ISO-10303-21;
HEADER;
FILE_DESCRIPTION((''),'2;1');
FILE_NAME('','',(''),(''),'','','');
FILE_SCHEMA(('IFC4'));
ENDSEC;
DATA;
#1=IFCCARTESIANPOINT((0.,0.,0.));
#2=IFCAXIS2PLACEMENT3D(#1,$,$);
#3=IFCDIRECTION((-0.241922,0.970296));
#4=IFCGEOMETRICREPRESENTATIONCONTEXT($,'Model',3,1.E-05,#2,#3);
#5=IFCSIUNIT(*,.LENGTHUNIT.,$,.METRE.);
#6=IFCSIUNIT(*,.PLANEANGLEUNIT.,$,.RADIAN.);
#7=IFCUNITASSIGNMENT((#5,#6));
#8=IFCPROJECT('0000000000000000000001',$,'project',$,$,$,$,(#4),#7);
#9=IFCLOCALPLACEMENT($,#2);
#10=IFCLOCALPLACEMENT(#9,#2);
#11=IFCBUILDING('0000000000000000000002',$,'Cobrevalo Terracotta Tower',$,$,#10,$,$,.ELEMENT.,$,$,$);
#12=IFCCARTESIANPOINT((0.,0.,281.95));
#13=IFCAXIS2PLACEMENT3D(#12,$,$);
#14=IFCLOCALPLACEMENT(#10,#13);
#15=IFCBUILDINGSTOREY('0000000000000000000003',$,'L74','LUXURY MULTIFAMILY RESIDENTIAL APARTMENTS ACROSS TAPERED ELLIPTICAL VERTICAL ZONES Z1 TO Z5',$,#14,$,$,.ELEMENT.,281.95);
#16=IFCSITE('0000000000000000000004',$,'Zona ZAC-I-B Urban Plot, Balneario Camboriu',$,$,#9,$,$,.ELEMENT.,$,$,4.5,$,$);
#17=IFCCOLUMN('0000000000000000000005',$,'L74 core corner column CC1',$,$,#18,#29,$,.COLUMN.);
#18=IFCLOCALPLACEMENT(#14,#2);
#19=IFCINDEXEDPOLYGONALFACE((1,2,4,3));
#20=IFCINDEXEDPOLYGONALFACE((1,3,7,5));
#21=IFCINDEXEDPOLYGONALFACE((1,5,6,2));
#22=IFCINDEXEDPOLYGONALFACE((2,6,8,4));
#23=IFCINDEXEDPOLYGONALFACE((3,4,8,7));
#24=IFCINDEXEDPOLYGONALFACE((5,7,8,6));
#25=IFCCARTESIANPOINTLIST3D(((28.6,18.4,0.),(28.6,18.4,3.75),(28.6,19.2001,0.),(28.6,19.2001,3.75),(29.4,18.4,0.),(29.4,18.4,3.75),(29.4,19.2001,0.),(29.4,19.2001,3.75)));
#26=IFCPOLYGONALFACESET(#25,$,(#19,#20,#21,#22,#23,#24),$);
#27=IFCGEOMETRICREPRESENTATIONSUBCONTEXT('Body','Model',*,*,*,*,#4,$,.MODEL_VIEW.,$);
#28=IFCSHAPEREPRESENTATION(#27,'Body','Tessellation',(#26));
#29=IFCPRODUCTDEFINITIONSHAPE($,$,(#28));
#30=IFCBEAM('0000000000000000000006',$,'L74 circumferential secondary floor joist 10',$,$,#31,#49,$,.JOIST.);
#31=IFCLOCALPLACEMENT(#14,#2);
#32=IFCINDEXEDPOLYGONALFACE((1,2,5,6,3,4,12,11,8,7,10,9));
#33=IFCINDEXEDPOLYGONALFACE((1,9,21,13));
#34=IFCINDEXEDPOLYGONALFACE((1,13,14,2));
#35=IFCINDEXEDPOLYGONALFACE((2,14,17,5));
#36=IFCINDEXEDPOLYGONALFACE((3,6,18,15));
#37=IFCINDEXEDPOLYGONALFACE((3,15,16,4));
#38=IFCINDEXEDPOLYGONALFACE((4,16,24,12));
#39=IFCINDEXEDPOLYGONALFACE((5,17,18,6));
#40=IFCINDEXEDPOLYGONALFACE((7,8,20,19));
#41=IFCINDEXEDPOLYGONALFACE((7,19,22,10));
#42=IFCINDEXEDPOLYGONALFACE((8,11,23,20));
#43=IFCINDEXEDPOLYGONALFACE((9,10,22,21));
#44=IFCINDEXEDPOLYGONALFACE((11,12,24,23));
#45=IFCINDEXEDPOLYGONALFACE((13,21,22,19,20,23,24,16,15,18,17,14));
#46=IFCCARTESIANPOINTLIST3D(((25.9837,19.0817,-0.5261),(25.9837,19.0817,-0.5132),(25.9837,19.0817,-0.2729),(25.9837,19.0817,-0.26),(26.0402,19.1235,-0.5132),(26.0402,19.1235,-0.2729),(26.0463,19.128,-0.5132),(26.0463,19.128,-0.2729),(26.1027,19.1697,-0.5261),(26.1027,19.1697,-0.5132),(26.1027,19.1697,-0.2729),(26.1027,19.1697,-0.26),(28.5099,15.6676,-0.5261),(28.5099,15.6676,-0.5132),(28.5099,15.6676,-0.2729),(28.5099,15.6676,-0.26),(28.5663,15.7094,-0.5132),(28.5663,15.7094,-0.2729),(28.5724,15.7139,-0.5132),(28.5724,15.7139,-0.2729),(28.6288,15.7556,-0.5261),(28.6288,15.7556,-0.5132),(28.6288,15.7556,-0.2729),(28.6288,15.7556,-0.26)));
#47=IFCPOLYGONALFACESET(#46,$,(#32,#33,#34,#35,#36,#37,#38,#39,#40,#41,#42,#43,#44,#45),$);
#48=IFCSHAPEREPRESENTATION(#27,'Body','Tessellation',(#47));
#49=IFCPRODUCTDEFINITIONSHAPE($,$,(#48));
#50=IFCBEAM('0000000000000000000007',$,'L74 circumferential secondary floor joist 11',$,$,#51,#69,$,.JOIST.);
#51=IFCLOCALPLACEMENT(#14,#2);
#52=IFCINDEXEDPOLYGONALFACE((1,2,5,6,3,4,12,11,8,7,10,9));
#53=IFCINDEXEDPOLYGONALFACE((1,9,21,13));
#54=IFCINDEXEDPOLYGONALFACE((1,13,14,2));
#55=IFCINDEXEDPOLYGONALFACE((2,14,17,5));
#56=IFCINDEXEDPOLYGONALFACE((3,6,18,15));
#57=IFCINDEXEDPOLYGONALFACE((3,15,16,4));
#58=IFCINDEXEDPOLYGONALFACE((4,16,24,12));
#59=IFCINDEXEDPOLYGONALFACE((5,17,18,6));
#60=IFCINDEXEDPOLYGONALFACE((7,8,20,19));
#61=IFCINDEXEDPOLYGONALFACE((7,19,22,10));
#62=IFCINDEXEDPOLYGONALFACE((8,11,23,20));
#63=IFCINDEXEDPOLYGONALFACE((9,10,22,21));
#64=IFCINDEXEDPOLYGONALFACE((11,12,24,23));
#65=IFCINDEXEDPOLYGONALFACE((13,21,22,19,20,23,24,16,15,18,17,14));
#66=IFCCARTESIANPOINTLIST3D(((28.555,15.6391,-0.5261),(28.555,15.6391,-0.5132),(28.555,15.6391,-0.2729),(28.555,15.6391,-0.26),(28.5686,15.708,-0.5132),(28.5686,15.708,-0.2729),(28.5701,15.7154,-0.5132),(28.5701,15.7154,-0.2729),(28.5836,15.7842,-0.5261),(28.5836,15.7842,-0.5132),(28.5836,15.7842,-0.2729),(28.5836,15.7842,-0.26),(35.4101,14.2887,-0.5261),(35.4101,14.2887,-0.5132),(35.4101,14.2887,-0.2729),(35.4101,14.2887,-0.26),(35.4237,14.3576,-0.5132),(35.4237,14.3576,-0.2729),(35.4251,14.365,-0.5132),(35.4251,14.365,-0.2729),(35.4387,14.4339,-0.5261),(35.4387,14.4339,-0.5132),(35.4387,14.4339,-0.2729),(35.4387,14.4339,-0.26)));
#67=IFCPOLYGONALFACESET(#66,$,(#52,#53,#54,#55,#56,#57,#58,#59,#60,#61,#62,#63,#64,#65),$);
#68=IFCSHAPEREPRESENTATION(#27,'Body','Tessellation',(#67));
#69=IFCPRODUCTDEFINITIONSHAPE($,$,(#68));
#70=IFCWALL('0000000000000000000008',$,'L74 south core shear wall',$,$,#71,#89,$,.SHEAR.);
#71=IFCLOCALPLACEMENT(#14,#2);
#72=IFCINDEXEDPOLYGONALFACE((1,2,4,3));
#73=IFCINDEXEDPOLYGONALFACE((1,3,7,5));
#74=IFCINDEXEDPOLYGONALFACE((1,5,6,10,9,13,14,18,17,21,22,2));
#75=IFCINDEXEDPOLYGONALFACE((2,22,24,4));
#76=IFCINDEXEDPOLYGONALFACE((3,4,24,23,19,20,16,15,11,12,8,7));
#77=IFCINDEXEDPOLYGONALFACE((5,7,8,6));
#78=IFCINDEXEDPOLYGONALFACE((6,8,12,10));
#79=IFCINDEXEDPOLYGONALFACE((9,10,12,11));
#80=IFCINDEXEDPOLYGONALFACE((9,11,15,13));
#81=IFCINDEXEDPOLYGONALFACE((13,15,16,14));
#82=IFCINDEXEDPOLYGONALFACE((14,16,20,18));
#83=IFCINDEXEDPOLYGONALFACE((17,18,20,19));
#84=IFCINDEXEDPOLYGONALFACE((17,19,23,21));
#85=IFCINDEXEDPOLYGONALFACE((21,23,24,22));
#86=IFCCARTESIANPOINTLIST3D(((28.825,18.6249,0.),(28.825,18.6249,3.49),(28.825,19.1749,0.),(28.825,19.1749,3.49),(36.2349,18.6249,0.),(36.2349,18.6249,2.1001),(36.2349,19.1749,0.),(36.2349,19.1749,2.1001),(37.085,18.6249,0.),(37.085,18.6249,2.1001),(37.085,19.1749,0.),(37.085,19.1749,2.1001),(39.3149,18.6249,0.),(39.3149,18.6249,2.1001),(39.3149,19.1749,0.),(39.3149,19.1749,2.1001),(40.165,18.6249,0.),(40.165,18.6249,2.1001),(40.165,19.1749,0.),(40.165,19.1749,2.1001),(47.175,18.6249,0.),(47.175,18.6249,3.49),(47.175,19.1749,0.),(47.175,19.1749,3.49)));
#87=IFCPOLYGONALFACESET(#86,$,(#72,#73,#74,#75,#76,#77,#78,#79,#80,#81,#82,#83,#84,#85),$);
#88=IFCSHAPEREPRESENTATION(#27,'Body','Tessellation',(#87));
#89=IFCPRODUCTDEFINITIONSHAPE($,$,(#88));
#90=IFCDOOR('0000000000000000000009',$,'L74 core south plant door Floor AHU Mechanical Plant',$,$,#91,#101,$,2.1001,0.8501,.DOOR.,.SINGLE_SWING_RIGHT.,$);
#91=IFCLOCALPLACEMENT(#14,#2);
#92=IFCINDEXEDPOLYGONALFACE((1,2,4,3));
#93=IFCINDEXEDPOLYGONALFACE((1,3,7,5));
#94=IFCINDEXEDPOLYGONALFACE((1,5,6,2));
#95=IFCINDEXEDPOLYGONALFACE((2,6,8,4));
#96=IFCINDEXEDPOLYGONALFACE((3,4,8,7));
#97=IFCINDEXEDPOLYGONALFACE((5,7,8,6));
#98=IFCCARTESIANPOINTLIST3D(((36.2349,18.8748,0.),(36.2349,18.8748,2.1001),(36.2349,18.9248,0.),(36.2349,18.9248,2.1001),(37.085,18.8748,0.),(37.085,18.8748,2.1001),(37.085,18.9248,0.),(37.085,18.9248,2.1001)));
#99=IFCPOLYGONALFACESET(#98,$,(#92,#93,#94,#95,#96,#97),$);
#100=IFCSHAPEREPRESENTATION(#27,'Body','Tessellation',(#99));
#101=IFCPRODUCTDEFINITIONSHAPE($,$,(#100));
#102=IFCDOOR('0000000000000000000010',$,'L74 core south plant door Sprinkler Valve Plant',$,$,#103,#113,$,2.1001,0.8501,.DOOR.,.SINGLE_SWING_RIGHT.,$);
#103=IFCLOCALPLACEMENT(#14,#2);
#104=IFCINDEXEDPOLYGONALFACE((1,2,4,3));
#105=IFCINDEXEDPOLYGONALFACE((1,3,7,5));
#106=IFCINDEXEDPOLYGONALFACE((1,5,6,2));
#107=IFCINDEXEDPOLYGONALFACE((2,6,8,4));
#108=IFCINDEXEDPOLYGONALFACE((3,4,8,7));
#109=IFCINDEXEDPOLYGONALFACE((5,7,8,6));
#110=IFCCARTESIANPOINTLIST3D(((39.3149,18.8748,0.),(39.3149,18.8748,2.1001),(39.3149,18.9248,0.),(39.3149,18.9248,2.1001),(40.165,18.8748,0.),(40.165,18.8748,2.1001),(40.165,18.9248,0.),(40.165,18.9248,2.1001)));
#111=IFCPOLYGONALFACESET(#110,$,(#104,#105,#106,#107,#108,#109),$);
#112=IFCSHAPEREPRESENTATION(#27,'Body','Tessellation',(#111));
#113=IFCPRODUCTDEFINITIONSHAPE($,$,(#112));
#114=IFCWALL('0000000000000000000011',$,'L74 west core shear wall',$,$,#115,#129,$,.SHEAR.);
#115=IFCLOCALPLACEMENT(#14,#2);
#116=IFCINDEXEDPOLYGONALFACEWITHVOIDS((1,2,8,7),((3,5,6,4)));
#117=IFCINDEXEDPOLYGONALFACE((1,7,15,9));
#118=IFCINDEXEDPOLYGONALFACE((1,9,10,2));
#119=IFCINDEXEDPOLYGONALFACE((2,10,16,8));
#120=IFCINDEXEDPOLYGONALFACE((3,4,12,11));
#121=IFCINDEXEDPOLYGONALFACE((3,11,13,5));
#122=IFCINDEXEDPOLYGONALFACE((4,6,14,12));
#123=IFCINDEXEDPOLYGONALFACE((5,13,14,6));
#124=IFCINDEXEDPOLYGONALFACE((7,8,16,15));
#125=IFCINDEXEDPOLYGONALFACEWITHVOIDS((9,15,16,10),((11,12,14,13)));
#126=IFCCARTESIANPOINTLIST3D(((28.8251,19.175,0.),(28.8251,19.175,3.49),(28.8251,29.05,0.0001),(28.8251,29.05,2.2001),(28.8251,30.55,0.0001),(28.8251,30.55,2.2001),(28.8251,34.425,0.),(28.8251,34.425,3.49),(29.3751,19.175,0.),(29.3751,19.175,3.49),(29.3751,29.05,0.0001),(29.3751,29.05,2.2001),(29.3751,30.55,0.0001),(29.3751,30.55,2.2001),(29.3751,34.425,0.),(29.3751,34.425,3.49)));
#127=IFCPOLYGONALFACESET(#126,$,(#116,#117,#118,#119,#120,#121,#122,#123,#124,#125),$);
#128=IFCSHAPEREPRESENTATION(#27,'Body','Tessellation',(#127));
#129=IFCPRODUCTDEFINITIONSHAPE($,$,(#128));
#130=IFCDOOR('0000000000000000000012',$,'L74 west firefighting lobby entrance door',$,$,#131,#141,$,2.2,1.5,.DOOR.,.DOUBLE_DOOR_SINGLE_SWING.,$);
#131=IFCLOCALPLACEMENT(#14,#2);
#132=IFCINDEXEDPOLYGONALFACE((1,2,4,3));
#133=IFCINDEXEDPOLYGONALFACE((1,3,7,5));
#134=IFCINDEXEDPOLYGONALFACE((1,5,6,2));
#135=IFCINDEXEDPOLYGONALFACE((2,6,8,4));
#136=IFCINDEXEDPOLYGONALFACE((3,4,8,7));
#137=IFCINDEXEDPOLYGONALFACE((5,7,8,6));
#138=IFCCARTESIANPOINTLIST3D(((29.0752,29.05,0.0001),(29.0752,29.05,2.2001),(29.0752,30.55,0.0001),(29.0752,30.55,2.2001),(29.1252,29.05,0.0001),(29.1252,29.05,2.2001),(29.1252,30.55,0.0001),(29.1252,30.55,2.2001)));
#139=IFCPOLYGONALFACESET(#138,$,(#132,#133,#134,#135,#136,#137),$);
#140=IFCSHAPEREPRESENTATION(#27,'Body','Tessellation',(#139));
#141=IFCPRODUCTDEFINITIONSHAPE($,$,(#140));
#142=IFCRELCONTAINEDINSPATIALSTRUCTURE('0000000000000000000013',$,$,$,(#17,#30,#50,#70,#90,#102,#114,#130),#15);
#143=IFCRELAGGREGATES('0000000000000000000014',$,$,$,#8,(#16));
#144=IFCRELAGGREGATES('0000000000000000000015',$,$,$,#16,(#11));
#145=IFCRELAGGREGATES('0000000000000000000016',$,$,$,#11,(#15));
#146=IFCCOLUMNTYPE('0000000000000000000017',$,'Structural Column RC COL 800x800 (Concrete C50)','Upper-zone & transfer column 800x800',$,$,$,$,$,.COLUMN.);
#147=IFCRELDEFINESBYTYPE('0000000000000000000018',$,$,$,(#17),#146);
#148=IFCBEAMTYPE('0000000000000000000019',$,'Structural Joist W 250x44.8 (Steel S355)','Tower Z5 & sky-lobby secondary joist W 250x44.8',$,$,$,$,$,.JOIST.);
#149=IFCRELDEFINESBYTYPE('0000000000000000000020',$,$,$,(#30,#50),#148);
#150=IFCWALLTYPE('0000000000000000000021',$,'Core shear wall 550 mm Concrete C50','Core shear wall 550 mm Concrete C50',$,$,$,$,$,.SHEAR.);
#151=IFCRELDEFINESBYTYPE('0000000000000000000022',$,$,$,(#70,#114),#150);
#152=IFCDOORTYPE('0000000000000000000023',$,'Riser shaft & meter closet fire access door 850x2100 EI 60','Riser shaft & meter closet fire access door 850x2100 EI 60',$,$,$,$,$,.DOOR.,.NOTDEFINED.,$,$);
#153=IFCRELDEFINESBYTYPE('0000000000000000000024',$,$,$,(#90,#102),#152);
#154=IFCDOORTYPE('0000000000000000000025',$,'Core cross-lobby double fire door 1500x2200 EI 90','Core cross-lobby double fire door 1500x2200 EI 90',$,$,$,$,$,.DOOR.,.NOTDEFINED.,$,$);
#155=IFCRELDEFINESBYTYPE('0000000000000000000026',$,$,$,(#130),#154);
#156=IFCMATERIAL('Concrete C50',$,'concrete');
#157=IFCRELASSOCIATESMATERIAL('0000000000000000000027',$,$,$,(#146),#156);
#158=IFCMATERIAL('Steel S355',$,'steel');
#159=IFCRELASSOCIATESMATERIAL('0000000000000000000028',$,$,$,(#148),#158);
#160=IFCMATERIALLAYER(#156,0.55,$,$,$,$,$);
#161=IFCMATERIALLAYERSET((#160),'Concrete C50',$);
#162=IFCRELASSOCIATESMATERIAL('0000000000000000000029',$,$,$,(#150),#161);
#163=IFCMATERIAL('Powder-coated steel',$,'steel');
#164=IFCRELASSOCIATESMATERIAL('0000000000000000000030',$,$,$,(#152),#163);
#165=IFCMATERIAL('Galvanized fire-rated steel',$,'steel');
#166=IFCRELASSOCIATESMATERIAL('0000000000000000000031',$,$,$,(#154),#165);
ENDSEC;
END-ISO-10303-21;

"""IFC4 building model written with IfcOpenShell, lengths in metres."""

from ifc_helpers import new_model, si_unit, direction, frame, frame_2d, origin, origin_2d, place, context, subcontext, project, spatial, rectangle, i_section, extrude, source, transform, mapped, material, layer, layer_set, material_profile, profile_set, type_object, element, fill, save


model = new_model("IFC4")

# Units and contexts
model_context = context("Model", 3, precision=1e-05, world=origin(), true_north=direction((-0.241922, 0.970296)))
body_context = subcontext(model_context, "Body", "Model", "MODEL_VIEW")
ifc_project = project(units=[si_unit("LENGTHUNIT", "METRE"), si_unit("PLANEANGLEUNIT", "RADIAN")], contexts=[model_context])

# Site, building, storey
site_placement = place(None, origin())
site = spatial("IfcSite", under=ifc_project, at=site_placement, Name="Zona ZAC-I-B Urban Plot, Balneario Camboriu", CompositionType="ELEMENT", RefElevation=4.5)
building_placement = place(site_placement, origin())
building = spatial("IfcBuilding", under=site, at=building_placement, Name="Cobrevalo Terracotta Tower", CompositionType="ELEMENT")
storey_placement = place(building_placement, frame((0.0, 0.0, 281.95)))
storey = spatial("IfcBuildingStorey", under=building, at=storey_placement, Name="L74", Description="LUXURY MULTIFAMILY RESIDENTIAL APARTMENTS ACROSS TAPERED ELLIPTICAL VERTICAL ZONES Z1 TO Z5", CompositionType="ELEMENT", Elevation=281.95)

# Column
ifc_material_1 = material(Name="Concrete C50", Category="concrete")
ifc_material_profile_1 = material_profile(ifc_material_1, rectangle(XDim=0.8, YDim=0.8, at=origin_2d()), Name="RC COL 800x800")
ifc_profile_set_1 = profile_set([ifc_material_profile_1], Name="Concrete C50")
column_type = type_object("IfcColumnType", Name="Structural Column RC COL 800x800 (Concrete C50)", Description="Upper-zone & transfer column 800x800", PredefinedType="COLUMN", material=ifc_profile_set_1)
column_placement = place(storey_placement, frame((29.0, 18.8, 0.0), z_axis=(0.0, 0.0, 1.0), x_axis=(1.0, 0.0, 0.0)))
element("IfcColumn", 1, at=column_placement, inside=storey, type_object=column_type, Name="L74 core corner column CC1", PredefinedType="COLUMN", context=body_context, shape_type="SweptSolid", body=[
    extrude(rectangle(XDim=0.8, YDim=0.8, at=origin_2d()), origin(), (0.0, 0.0, 1.0), 3.75),
])

# Beams
ifc_material_2 = material(Name="Steel S355", Category="steel")
ifc_material_profile_2 = material_profile(ifc_material_2, i_section(OverallWidth=0.1479, OverallDepth=0.2661, WebThickness=0.0076, FlangeThickness=0.0129, at=origin_2d()), Name="W 250x44.8")
ifc_profile_set_2 = profile_set([ifc_material_profile_2], Name="Steel S355")
beam_type = type_object("IfcBeamType", Name="Structural Joist W 250x44.8 (Steel S355)", Description="Tower Z5 & sky-lobby secondary joist W 250x44.8", PredefinedType="JOIST", material=ifc_profile_set_2)
beam_1_placement = place(storey_placement, frame((26.0432, 19.1257, -0.3931), z_axis=(0.5948, -0.803874, 0.0), x_axis=(0.803874, 0.5948, 0.0)))
element("IfcBeam", 2, at=beam_1_placement, inside=storey, type_object=beam_type, Name="L74 circumferential secondary floor joist 10", PredefinedType="JOIST", context=body_context, shape_type="SweptSolid", body=[
    extrude(i_section(OverallWidth=0.1479, OverallDepth=0.2661, WebThickness=0.0076, FlangeThickness=0.0129, at=origin_2d()), origin(), (0.0, 0.0, 1.0), 4.2471),
])
beam_2_placement = place(storey_placement, frame((28.5693, 15.7117, -0.3931), z_axis=(0.981145, -0.193273, 0.0), x_axis=(0.193273, 0.981145, 0.0)))
element("IfcBeam", 3, at=beam_2_placement, inside=storey, type_object=beam_type, Name="L74 circumferential secondary floor joist 11", PredefinedType="JOIST", context=body_context, shape_type="SweptSolid", body=[
    extrude(i_section(OverallWidth=0.1479, OverallDepth=0.2661, WebThickness=0.0076, FlangeThickness=0.0129, at=origin_2d()), origin(), (0.0, 0.0, 1.0), 6.9868),
])

# Wall, openings, doors
ifc_layer_1 = layer(ifc_material_1, 0.55)
ifc_layer_set_1 = layer_set([ifc_layer_1], Name="Concrete C50")
wall_type_1 = type_object("IfcWallType", Name="Core shear wall 550 mm Concrete C50", Description="Core shear wall 550 mm Concrete C50", PredefinedType="SHEAR", material=ifc_layer_set_1)
wall_1_placement = place(storey_placement, frame((28.825, 18.8999, 0.0), z_axis=(0.0, 0.0, 1.0), x_axis=(1.0, 0.0, 0.0)))
wall_1 = element("IfcWall", 4, at=wall_1_placement, inside=storey, type_object=wall_type_1, Name="L74 south core shear wall", PredefinedType="SHEAR", context=body_context, shape_type="SweptSolid", body=[
    extrude(rectangle(XDim=18.3501, YDim=0.55, at=frame_2d((9.175, 0.0))), origin(), (0.0, 0.0, 1.0), 3.49),
])
opening_1_placement = place(wall_1_placement, frame((7.4099, 0.0, 0.0)))
opening_1 = element("IfcOpeningElement", 5, at=opening_1_placement, cuts=wall_1, PredefinedType="OPENING", context=body_context, shape_type="SweptSolid", body=[
    extrude(rectangle(XDim=0.8501, YDim=2.1001, at=frame_2d((0.425, 1.05))), frame((0.0, 0.2852, 0.0), z_axis=(0.0, -1.0, 0.0), x_axis=(1.0, 0.0, 0.0)), (0.0, 0.0, 1.0), 0.5701),
])
opening_2_placement = place(wall_1_placement, frame((10.49, 0.0, 0.0)))
opening_2 = element("IfcOpeningElement", 6, at=opening_2_placement, cuts=wall_1, PredefinedType="OPENING", context=body_context, shape_type="SweptSolid", body=[
    extrude(rectangle(XDim=0.8501, YDim=2.1001, at=frame_2d((0.425, 1.05))), frame((0.0, 0.2852, 0.0), z_axis=(0.0, -1.0, 0.0), x_axis=(1.0, 0.0, 0.0)), (0.0, 0.0, 1.0), 0.5701),
])
ifc_material_3 = material(Name="Powder-coated steel", Category="steel")
door_type_1 = type_object("IfcDoorType", Name="Riser shaft & meter closet fire access door 850x2100 EI 60", Description="Riser shaft & meter closet fire access door 850x2100 EI 60", OperationType="NOTDEFINED", PredefinedType="DOOR", material=ifc_material_3)
shared_shape_1 = source(origin(), body_context, "Body", "SweptSolid", [
    extrude(rectangle(XDim=0.8501, YDim=2.1001, at=frame_2d((0.425, 1.05))), frame((0.0, 0.0249, 0.0), z_axis=(0.0, -1.0, 0.0), x_axis=(1.0, 0.0, 0.0)), (0.0, 0.0, 1.0), 0.05),
])
door_1_placement = place(opening_1_placement, origin())
door_1 = element("IfcDoor", 7, at=door_1_placement, inside=storey, type_object=door_type_1, Name="L74 core south plant door Floor AHU Mechanical Plant", OperationType="SINGLE_SWING_RIGHT", OverallHeight=2.1001, OverallWidth=0.8501, PredefinedType="DOOR", context=body_context, shape_type="MappedRepresentation", body=[
    mapped(shared_shape_1, transform((0.0, 0.0, 0.0), scale=1.0)),
])
fill(opening_1, door_1)
door_2_placement = place(opening_2_placement, origin())
door_2 = element("IfcDoor", 8, at=door_2_placement, inside=storey, type_object=door_type_1, Name="L74 core south plant door Sprinkler Valve Plant", OperationType="SINGLE_SWING_RIGHT", OverallHeight=2.1001, OverallWidth=0.8501, PredefinedType="DOOR", context=body_context, shape_type="MappedRepresentation", body=[
    mapped(shared_shape_1, transform((0.0, 0.0, 0.0), scale=1.0)),
])
fill(opening_2, door_2)

# Wall, opening, door
wall_2_placement = place(storey_placement, frame((29.1001, 19.175, 0.0), z_axis=(0.0, 0.0, 1.0), x_axis=(0.0, 1.0, 0.0)))
wall_2 = element("IfcWall", 9, at=wall_2_placement, inside=storey, type_object=wall_type_1, Name="L74 west core shear wall", PredefinedType="SHEAR", context=body_context, shape_type="SweptSolid", body=[
    extrude(rectangle(XDim=15.25, YDim=0.55, at=frame_2d((7.625, 0.0))), origin(), (0.0, 0.0, 1.0), 3.49),
])
opening_3_placement = place(wall_2_placement, frame((9.875, 0.0, 0.0)))
opening_3 = element("IfcOpeningElement", 10, at=opening_3_placement, cuts=wall_2, PredefinedType="OPENING", context=body_context, shape_type="SweptSolid", body=[
    extrude(rectangle(XDim=1.5, YDim=2.2, at=frame_2d((0.75, 1.1001))), frame((0.0, 0.2852, 0.0), z_axis=(0.0, -1.0, 0.0), x_axis=(1.0, 0.0, 0.0)), (0.0, 0.0, 1.0), 0.5701),
])
ifc_material_4 = material(Name="Galvanized fire-rated steel", Category="steel")
door_type_2 = type_object("IfcDoorType", Name="Core cross-lobby double fire door 1500x2200 EI 90", Description="Core cross-lobby double fire door 1500x2200 EI 90", OperationType="NOTDEFINED", PredefinedType="DOOR", material=ifc_material_4)
shared_shape_2 = source(origin(), body_context, "Body", "SweptSolid", [
    extrude(rectangle(XDim=1.5, YDim=2.2, at=frame_2d((0.75, 1.1001))), frame((0.0, 0.0249, 0.0), z_axis=(0.0, -1.0, 0.0), x_axis=(1.0, 0.0, 0.0)), (0.0, 0.0, 1.0), 0.05),
])
door_3_placement = place(opening_3_placement, origin())
door_3 = element("IfcDoor", 11, at=door_3_placement, inside=storey, type_object=door_type_2, Name="L74 west firefighting lobby entrance door", OperationType="DOUBLE_DOOR_SINGLE_SWING", OverallHeight=2.2, OverallWidth=1.5, PredefinedType="DOOR", context=body_context, shape_type="MappedRepresentation", body=[
    mapped(shared_shape_2, transform((0.0, 0.0, 0.0), scale=1.0)),
])
fill(opening_3, door_3)

save(model, "model.ifc")
